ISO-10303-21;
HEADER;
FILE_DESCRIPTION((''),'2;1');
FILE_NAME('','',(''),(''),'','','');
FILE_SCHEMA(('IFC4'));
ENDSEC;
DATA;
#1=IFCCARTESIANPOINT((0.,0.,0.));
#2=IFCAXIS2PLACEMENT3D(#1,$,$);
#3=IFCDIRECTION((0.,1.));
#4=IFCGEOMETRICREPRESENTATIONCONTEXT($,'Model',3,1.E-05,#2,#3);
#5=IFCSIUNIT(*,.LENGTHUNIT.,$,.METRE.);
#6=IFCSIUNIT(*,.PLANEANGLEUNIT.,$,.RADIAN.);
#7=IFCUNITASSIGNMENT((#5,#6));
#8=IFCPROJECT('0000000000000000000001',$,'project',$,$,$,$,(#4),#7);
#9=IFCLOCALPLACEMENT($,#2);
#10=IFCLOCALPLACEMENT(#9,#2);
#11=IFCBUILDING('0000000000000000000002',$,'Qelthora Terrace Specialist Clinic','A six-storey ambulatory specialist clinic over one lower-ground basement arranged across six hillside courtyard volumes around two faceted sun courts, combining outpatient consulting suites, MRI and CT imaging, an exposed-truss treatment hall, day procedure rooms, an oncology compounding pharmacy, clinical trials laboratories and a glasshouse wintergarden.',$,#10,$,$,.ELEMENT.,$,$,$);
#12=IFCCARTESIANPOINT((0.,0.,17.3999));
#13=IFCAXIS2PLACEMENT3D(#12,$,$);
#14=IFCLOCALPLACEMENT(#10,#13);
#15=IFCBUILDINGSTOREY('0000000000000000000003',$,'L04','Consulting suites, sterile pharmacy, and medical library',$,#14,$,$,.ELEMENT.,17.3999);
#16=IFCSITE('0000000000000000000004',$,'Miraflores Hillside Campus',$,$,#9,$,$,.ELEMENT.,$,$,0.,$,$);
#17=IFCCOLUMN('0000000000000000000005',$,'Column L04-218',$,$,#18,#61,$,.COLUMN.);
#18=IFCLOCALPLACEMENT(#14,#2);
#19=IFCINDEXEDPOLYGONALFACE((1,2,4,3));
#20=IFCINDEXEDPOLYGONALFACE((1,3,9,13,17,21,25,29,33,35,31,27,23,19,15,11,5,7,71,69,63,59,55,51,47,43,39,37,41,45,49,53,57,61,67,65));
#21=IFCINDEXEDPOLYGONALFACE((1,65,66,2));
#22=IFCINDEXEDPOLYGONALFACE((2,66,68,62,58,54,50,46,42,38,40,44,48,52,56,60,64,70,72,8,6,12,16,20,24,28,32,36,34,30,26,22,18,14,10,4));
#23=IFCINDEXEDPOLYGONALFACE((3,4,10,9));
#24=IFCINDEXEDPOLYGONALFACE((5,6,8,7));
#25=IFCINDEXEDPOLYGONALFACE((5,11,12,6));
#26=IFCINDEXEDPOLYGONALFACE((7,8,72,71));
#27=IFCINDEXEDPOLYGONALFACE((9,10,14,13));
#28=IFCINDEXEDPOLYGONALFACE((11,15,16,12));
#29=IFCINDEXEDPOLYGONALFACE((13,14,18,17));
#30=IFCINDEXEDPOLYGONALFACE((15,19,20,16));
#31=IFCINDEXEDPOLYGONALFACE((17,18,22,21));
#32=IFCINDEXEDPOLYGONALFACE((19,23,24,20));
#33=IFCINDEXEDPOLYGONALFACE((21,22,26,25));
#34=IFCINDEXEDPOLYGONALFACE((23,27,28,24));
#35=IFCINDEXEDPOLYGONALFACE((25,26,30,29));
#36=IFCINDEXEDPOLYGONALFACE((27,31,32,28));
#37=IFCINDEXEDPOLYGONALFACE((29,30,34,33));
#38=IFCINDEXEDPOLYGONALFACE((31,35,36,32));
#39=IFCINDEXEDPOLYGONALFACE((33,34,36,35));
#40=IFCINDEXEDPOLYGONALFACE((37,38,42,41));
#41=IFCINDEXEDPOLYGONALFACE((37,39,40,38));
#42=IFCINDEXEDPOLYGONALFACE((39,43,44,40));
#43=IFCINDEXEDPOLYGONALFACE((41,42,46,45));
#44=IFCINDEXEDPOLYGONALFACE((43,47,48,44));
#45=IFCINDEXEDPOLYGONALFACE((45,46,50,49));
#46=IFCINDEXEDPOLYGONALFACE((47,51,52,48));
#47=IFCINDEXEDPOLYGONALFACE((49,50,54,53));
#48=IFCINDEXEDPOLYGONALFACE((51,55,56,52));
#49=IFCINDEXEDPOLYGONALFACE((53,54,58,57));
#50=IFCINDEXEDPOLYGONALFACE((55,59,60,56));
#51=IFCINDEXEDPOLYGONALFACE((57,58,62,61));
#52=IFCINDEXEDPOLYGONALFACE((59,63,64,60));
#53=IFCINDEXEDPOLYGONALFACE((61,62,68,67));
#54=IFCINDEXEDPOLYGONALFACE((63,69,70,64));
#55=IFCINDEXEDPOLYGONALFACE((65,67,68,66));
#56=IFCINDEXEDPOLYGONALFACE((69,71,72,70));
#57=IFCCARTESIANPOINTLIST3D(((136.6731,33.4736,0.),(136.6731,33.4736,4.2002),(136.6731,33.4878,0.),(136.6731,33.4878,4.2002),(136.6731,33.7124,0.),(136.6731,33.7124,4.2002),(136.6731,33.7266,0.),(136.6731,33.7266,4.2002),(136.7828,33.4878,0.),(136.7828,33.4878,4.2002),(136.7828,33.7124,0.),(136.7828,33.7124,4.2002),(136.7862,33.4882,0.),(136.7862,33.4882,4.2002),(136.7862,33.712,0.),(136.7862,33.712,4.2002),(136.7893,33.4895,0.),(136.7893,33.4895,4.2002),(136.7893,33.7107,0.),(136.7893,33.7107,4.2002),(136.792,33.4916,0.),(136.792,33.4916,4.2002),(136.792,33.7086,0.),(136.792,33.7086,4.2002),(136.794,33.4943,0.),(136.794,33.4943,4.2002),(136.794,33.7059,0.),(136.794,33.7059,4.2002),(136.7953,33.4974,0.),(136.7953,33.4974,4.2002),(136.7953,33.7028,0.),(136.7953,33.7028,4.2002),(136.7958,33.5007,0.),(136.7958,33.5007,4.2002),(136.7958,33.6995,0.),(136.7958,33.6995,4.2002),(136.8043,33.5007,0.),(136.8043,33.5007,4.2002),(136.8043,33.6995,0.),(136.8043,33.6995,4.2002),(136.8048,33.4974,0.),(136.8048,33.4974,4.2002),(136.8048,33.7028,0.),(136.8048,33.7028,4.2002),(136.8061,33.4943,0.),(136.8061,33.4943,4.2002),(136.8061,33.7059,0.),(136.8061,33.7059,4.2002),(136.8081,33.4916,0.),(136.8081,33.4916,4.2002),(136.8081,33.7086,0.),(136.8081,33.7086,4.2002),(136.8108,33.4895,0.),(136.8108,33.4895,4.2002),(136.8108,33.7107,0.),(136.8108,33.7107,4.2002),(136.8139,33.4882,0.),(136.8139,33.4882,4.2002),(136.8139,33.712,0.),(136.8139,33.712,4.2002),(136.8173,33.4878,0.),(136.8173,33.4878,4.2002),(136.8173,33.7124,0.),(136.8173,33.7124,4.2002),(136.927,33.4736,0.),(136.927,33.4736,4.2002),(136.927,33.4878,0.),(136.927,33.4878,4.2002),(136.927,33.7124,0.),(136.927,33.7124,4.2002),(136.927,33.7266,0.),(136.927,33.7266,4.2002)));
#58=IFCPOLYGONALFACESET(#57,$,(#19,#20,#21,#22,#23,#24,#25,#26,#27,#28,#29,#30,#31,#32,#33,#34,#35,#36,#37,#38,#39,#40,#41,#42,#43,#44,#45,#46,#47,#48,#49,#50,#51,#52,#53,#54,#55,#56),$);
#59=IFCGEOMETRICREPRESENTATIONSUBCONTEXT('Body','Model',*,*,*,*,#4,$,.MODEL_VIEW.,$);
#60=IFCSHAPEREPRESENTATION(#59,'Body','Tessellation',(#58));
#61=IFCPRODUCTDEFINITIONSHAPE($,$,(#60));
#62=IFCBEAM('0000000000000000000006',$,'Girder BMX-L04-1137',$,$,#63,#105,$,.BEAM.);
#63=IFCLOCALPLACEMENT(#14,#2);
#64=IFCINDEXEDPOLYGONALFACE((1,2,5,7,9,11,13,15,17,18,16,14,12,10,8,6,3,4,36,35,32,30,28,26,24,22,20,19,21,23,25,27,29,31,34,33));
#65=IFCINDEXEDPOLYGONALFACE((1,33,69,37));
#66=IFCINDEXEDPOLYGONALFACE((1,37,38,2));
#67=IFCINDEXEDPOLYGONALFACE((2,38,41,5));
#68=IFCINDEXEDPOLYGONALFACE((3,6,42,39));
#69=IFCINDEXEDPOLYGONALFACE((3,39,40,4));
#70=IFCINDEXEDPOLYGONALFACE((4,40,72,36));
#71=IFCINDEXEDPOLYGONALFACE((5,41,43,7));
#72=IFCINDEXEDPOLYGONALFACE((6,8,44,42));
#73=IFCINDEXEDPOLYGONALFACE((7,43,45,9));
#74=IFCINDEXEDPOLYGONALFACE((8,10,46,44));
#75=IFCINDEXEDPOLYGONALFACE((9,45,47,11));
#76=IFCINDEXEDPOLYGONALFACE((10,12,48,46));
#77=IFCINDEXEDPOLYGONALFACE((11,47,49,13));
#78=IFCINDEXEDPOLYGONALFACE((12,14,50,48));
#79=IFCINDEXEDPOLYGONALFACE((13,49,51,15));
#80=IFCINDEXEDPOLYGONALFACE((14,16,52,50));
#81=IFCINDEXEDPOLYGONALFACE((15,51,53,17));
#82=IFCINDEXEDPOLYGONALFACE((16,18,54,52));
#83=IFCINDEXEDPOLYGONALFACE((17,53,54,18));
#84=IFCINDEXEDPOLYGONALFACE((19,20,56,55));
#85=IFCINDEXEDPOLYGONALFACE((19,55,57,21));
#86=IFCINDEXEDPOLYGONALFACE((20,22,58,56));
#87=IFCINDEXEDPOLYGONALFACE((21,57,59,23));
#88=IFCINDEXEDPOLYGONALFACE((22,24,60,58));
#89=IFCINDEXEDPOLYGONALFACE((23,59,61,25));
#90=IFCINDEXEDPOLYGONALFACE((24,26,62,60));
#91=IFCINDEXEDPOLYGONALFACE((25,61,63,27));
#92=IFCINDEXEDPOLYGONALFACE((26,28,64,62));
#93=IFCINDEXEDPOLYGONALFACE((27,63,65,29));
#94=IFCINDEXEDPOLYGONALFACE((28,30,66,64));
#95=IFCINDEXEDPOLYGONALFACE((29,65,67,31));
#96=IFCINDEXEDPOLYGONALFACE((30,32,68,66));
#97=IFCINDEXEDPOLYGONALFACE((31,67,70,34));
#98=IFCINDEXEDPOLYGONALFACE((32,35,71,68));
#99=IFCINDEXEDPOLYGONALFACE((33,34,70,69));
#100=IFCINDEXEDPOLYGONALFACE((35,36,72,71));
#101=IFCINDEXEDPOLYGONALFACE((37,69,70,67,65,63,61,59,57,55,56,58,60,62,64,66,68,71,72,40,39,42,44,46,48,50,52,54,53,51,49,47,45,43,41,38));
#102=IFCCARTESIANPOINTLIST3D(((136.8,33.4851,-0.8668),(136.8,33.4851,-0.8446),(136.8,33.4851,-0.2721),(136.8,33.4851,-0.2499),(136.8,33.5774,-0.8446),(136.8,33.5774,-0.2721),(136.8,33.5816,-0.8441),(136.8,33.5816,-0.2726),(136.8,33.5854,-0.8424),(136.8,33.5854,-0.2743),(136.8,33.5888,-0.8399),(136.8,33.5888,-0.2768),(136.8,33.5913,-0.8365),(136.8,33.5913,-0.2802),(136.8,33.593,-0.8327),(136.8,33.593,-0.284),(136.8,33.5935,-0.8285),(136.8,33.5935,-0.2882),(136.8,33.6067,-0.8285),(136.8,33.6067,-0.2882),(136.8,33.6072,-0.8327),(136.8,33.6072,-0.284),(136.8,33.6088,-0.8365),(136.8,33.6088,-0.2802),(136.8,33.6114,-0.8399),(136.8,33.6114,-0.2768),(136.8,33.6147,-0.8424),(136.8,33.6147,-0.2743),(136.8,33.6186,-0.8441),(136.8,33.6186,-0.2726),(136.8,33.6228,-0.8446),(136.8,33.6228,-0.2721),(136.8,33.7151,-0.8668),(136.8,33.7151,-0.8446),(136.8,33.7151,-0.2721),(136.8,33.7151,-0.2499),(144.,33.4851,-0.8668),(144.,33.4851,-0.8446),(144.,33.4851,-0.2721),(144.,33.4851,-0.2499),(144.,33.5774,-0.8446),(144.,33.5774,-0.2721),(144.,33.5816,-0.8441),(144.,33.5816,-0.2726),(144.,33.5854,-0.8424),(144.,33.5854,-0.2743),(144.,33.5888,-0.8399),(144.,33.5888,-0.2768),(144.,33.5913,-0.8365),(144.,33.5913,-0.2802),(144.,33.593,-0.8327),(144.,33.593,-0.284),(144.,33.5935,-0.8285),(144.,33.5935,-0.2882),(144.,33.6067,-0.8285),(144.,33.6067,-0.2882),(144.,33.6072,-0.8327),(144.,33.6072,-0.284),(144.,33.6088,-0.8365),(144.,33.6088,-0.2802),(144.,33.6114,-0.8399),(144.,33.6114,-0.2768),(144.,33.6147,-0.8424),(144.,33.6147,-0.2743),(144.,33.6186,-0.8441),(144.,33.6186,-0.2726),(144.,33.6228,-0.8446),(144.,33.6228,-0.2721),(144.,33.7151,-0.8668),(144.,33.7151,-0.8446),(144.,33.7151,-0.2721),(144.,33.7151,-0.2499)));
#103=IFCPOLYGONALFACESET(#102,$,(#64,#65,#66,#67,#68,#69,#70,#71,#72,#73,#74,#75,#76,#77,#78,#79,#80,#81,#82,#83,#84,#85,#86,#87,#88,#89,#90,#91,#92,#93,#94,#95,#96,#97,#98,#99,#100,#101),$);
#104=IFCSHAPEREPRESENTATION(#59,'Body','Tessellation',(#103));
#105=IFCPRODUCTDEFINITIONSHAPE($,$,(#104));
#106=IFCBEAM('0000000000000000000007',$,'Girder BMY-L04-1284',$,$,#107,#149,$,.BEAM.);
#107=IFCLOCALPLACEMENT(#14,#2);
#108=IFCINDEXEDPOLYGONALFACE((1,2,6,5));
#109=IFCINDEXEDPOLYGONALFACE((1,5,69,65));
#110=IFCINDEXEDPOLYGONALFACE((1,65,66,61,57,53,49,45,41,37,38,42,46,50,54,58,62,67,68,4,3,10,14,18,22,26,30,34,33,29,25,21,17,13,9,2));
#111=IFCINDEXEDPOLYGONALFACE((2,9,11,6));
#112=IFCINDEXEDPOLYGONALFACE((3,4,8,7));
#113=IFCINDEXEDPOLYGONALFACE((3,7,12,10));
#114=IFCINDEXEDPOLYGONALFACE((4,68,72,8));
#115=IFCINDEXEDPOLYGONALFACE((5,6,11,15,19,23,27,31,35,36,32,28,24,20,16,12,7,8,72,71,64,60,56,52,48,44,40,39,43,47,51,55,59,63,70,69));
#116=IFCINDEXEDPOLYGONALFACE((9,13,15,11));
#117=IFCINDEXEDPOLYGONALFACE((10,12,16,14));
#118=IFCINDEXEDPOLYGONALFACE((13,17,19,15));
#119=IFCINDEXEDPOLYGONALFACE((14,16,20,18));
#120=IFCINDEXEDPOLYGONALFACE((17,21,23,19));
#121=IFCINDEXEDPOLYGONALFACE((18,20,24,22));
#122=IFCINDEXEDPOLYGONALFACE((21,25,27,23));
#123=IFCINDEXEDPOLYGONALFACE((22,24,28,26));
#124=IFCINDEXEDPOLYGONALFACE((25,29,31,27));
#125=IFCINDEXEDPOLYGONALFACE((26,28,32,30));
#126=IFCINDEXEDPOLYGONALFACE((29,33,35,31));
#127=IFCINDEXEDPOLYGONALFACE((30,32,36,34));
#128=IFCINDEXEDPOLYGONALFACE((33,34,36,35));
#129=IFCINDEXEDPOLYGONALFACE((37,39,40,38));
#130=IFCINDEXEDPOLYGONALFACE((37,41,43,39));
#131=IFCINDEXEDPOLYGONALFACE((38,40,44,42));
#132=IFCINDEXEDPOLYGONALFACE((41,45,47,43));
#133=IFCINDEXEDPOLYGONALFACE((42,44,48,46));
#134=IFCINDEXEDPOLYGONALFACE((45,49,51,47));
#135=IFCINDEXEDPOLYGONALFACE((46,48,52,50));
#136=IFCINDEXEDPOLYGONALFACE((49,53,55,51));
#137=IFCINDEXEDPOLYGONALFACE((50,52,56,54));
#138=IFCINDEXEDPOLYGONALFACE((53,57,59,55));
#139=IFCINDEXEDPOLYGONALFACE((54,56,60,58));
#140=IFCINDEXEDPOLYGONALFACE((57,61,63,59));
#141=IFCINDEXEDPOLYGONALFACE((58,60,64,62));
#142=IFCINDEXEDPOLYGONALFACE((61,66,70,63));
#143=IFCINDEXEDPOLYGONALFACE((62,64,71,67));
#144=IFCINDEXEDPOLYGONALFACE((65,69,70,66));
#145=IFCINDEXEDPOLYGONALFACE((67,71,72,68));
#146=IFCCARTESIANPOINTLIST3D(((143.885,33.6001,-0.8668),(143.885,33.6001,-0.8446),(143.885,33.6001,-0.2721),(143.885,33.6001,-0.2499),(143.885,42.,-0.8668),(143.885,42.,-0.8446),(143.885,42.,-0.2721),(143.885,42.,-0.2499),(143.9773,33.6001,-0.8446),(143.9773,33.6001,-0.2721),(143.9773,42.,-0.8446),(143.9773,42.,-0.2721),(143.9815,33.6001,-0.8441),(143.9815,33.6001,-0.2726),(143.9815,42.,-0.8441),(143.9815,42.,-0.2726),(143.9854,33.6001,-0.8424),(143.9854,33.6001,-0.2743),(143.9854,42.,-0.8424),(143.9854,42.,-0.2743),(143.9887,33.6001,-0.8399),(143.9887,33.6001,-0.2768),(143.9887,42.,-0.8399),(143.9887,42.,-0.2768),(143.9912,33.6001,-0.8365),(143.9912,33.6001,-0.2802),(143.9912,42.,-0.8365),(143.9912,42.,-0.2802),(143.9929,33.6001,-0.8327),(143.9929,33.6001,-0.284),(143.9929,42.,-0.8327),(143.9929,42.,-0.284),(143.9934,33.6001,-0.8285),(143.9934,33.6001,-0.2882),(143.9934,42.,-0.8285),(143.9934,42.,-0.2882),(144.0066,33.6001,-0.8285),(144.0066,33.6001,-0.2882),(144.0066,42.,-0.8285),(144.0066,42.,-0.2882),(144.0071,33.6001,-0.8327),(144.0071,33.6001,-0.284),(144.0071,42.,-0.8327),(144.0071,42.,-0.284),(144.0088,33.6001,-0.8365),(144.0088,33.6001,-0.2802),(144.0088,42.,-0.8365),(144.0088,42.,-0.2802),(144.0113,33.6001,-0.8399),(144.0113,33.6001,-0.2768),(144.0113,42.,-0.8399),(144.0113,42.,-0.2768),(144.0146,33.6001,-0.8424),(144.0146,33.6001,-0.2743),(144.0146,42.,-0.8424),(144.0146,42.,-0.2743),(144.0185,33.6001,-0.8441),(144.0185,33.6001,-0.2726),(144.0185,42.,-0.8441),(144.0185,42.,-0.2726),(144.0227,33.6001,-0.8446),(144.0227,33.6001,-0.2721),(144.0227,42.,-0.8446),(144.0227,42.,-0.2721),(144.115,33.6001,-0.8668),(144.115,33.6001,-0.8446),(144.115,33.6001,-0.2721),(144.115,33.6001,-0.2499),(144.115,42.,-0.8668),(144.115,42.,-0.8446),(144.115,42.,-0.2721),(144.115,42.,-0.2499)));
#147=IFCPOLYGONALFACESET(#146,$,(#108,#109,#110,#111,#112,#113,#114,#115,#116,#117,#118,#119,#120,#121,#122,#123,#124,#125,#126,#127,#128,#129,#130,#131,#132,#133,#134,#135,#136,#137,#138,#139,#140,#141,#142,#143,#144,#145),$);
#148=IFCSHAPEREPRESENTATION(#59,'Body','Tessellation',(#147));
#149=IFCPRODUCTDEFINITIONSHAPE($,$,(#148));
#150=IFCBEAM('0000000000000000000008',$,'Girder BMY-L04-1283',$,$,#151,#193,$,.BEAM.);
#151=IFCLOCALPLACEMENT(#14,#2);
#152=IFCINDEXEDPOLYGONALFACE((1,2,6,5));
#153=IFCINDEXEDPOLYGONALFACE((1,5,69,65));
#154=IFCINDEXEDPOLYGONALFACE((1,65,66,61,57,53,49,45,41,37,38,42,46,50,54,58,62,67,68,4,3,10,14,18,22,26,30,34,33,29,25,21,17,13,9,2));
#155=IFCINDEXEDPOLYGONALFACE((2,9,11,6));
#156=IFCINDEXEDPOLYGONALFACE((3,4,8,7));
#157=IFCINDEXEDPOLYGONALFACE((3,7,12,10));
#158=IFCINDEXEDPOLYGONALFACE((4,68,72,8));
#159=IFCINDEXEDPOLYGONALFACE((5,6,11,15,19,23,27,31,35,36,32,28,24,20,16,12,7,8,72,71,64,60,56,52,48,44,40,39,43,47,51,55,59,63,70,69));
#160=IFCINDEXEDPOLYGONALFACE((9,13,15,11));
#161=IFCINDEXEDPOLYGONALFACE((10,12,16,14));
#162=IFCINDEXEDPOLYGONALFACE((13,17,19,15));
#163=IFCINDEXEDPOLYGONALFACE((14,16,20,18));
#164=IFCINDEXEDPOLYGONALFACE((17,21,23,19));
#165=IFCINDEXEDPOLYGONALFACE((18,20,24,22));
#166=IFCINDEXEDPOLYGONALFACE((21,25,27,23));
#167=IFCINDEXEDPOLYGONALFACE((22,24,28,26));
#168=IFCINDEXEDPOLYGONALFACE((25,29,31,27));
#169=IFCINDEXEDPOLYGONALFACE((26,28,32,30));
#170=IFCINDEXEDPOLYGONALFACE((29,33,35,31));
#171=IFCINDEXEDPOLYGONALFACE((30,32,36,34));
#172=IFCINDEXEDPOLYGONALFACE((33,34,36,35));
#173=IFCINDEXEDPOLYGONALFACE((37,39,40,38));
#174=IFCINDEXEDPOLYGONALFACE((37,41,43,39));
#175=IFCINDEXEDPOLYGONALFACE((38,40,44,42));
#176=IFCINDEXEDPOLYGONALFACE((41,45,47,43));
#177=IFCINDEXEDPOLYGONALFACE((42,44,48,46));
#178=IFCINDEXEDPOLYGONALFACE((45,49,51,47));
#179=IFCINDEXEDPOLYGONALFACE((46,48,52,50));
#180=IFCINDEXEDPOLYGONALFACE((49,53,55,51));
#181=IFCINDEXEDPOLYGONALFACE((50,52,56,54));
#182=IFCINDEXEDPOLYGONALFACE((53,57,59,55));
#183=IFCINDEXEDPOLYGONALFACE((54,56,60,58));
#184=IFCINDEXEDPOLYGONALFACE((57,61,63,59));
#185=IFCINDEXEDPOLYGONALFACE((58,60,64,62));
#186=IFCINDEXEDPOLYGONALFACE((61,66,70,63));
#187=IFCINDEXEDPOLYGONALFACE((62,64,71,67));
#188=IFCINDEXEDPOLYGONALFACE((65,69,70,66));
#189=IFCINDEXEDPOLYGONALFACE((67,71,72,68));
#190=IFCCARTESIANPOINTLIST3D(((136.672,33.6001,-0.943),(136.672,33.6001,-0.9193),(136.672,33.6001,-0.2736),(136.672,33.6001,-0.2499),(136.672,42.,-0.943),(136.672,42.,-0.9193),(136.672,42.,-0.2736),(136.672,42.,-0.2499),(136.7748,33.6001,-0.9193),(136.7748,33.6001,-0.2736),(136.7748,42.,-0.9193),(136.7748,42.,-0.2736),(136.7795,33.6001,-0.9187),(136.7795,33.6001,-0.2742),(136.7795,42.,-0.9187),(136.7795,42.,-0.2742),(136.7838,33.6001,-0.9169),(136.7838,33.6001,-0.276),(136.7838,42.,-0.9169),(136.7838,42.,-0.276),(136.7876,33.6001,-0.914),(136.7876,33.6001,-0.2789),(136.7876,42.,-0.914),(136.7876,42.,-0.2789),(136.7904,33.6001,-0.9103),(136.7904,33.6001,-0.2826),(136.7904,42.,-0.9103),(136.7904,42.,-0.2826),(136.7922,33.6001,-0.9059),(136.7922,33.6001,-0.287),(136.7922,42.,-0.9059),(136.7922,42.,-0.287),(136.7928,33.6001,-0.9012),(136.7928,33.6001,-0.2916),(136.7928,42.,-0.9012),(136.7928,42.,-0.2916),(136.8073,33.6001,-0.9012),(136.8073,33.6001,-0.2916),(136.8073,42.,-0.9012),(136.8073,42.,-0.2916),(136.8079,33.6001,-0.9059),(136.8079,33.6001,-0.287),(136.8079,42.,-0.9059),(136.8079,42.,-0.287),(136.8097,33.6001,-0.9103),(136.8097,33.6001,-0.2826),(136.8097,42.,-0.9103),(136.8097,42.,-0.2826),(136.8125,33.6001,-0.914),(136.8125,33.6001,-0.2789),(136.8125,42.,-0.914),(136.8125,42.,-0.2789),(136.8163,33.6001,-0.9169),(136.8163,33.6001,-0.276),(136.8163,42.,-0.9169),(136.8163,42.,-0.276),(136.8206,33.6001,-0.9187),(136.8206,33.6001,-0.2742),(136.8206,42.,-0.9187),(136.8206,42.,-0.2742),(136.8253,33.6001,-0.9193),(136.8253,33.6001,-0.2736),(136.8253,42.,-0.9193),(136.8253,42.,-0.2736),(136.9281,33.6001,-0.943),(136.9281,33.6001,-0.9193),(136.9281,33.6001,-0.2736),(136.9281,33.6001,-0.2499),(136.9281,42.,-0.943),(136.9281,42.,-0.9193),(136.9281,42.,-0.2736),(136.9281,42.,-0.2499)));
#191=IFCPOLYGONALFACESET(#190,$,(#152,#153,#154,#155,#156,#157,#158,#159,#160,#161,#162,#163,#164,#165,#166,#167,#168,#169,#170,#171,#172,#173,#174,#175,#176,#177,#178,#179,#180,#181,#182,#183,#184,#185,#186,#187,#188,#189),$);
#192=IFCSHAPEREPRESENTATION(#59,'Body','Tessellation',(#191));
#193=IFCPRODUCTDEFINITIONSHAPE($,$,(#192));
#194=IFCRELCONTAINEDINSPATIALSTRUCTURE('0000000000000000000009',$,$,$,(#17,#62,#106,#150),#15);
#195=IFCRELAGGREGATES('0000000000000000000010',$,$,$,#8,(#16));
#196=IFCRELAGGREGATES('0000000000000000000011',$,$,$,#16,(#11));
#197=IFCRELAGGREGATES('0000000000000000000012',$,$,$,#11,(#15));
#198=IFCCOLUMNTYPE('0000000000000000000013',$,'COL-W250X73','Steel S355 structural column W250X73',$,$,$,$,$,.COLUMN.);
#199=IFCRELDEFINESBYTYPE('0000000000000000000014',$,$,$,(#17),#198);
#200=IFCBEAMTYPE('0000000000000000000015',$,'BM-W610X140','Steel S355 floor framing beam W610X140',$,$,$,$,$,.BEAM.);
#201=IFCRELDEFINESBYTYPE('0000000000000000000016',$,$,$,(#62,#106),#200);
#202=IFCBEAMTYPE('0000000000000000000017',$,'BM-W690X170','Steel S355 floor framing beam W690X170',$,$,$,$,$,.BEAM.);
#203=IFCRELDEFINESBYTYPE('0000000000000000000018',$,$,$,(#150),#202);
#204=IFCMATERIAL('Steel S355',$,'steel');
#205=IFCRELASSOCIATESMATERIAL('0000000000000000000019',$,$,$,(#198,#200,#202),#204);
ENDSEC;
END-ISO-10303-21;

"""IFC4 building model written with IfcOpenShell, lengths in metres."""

from ifc_helpers import new_model, si_unit, direction, frame, origin, origin_2d, place, context, subcontext, project, spatial, i_section, extrude, material, material_profile, profile_set, type_object, element, save


model = new_model("IFC4")

# Units and contexts
model_context = context("Model", 3, precision=1e-05, world=origin(), true_north=direction((0.0, 1.0)))
body_context = subcontext(model_context, "Body", "Model", "MODEL_VIEW")
ifc_project = project(units=[si_unit("LENGTHUNIT", "METRE"), si_unit("PLANEANGLEUNIT", "RADIAN")], contexts=[model_context])

# Site, building, storey
site_placement = place(None, origin())
site = spatial("IfcSite", under=ifc_project, at=site_placement, Name="Miraflores Hillside Campus", CompositionType="ELEMENT", RefElevation=0.0)
building_placement = place(site_placement, origin())
building = spatial("IfcBuilding", under=site, at=building_placement, Name="Qelthora Terrace Specialist Clinic", Description="A six-storey ambulatory specialist clinic over one lower-ground basement arranged across six hillside courtyard volumes around two faceted sun courts, combining outpatient consulting suites, MRI and CT imaging, an exposed-truss treatment hall, day procedure rooms, an oncology compounding pharmacy, clinical trials laboratories and a glasshouse wintergarden.", CompositionType="ELEMENT")
storey_placement = place(building_placement, frame((0.0, 0.0, 17.3999)))
storey = spatial("IfcBuildingStorey", under=building, at=storey_placement, Name="L04", Description="Consulting suites, sterile pharmacy, and medical library", CompositionType="ELEMENT", Elevation=17.3999)

# Column
ifc_material_1 = material(Name="Steel S355", Category="steel")
ifc_material_profile_1 = material_profile(ifc_material_1, i_section(OverallWidth=0.2539, OverallDepth=0.2529, WebThickness=0.0085, FlangeThickness=0.0142, FilletRadius=0.0129, at=origin_2d()), Name="W250X73")
ifc_profile_set_1 = profile_set([ifc_material_profile_1], Name="Steel S355")
column_type = type_object("IfcColumnType", Name="COL-W250X73", Description="Steel S355 structural column W250X73", PredefinedType="COLUMN", material=ifc_profile_set_1)
column_placement = place(storey_placement, frame((136.8, 33.6001, 0.0), z_axis=(0.0, 0.0, 1.0), x_axis=(1.0, 0.0, 0.0)))
element("IfcColumn", 1, at=column_placement, inside=storey, type_object=column_type, Name="Column L04-218", PredefinedType="COLUMN", context=body_context, shape_type="SweptSolid", body=[
    extrude(i_section(OverallWidth=0.2539, OverallDepth=0.2529, WebThickness=0.0085, FlangeThickness=0.0142, FilletRadius=0.0129, at=origin_2d()), origin(), (0.0, 0.0, 1.0), 4.2002),
])

# Beams
ifc_material_profile_2 = material_profile(ifc_material_1, i_section(OverallWidth=0.23, OverallDepth=0.6169, WebThickness=0.0132, FlangeThickness=0.0222, FilletRadius=0.0161, at=origin_2d()), Name="W610X140")
ifc_profile_set_2 = profile_set([ifc_material_profile_2], Name="Steel S355")
beam_type_1 = type_object("IfcBeamType", Name="BM-W610X140", Description="Steel S355 floor framing beam W610X140", PredefinedType="BEAM", material=ifc_profile_set_2)
beam_1_placement = place(storey_placement, frame((136.8, 33.6001, -0.5583), z_axis=(1.0, 0.0, 0.0), x_axis=(0.0, 1.0, 0.0)))
element("IfcBeam", 2, at=beam_1_placement, inside=storey, type_object=beam_type_1, Name="Girder BMX-L04-1137", PredefinedType="BEAM", context=body_context, shape_type="SweptSolid", body=[
    extrude(i_section(OverallWidth=0.23, OverallDepth=0.6169, WebThickness=0.0132, FlangeThickness=0.0222, FilletRadius=0.0161, at=origin_2d()), origin(), (0.0, 0.0, 1.0), 7.2),
])
beam_2_placement = place(storey_placement, frame((144.0, 33.6001, -0.5583), z_axis=(0.0, 1.0, 0.0), x_axis=(-1.0, 0.0, 0.0)))
element("IfcBeam", 3, at=beam_2_placement, inside=storey, type_object=beam_type_1, Name="Girder BMY-L04-1284", PredefinedType="BEAM", context=body_context, shape_type="SweptSolid", body=[
    extrude(i_section(OverallWidth=0.23, OverallDepth=0.6169, WebThickness=0.0132, FlangeThickness=0.0222, FilletRadius=0.0161, at=origin_2d()), origin(), (0.0, 0.0, 1.0), 8.3999),
])
ifc_material_profile_3 = material_profile(ifc_material_1, i_section(OverallWidth=0.2561, OverallDepth=0.6931, WebThickness=0.0144, FlangeThickness=0.0237, FilletRadius=0.0181, at=origin_2d()), Name="W690X170")
ifc_profile_set_3 = profile_set([ifc_material_profile_3], Name="Steel S355")
beam_type_2 = type_object("IfcBeamType", Name="BM-W690X170", Description="Steel S355 floor framing beam W690X170", PredefinedType="BEAM", material=ifc_profile_set_3)
beam_3_placement = place(storey_placement, frame((136.8, 33.6001, -0.5964), z_axis=(0.0, 1.0, 0.0), x_axis=(-1.0, 0.0, 0.0)))
element("IfcBeam", 4, at=beam_3_placement, inside=storey, type_object=beam_type_2, Name="Girder BMY-L04-1283", PredefinedType="BEAM", context=body_context, shape_type="SweptSolid", body=[
    extrude(i_section(OverallWidth=0.2561, OverallDepth=0.6931, WebThickness=0.0144, FlangeThickness=0.0237, FilletRadius=0.0181, at=origin_2d()), origin(), (0.0, 0.0, 1.0), 8.3999),
])

save(model, "model.ifc")
